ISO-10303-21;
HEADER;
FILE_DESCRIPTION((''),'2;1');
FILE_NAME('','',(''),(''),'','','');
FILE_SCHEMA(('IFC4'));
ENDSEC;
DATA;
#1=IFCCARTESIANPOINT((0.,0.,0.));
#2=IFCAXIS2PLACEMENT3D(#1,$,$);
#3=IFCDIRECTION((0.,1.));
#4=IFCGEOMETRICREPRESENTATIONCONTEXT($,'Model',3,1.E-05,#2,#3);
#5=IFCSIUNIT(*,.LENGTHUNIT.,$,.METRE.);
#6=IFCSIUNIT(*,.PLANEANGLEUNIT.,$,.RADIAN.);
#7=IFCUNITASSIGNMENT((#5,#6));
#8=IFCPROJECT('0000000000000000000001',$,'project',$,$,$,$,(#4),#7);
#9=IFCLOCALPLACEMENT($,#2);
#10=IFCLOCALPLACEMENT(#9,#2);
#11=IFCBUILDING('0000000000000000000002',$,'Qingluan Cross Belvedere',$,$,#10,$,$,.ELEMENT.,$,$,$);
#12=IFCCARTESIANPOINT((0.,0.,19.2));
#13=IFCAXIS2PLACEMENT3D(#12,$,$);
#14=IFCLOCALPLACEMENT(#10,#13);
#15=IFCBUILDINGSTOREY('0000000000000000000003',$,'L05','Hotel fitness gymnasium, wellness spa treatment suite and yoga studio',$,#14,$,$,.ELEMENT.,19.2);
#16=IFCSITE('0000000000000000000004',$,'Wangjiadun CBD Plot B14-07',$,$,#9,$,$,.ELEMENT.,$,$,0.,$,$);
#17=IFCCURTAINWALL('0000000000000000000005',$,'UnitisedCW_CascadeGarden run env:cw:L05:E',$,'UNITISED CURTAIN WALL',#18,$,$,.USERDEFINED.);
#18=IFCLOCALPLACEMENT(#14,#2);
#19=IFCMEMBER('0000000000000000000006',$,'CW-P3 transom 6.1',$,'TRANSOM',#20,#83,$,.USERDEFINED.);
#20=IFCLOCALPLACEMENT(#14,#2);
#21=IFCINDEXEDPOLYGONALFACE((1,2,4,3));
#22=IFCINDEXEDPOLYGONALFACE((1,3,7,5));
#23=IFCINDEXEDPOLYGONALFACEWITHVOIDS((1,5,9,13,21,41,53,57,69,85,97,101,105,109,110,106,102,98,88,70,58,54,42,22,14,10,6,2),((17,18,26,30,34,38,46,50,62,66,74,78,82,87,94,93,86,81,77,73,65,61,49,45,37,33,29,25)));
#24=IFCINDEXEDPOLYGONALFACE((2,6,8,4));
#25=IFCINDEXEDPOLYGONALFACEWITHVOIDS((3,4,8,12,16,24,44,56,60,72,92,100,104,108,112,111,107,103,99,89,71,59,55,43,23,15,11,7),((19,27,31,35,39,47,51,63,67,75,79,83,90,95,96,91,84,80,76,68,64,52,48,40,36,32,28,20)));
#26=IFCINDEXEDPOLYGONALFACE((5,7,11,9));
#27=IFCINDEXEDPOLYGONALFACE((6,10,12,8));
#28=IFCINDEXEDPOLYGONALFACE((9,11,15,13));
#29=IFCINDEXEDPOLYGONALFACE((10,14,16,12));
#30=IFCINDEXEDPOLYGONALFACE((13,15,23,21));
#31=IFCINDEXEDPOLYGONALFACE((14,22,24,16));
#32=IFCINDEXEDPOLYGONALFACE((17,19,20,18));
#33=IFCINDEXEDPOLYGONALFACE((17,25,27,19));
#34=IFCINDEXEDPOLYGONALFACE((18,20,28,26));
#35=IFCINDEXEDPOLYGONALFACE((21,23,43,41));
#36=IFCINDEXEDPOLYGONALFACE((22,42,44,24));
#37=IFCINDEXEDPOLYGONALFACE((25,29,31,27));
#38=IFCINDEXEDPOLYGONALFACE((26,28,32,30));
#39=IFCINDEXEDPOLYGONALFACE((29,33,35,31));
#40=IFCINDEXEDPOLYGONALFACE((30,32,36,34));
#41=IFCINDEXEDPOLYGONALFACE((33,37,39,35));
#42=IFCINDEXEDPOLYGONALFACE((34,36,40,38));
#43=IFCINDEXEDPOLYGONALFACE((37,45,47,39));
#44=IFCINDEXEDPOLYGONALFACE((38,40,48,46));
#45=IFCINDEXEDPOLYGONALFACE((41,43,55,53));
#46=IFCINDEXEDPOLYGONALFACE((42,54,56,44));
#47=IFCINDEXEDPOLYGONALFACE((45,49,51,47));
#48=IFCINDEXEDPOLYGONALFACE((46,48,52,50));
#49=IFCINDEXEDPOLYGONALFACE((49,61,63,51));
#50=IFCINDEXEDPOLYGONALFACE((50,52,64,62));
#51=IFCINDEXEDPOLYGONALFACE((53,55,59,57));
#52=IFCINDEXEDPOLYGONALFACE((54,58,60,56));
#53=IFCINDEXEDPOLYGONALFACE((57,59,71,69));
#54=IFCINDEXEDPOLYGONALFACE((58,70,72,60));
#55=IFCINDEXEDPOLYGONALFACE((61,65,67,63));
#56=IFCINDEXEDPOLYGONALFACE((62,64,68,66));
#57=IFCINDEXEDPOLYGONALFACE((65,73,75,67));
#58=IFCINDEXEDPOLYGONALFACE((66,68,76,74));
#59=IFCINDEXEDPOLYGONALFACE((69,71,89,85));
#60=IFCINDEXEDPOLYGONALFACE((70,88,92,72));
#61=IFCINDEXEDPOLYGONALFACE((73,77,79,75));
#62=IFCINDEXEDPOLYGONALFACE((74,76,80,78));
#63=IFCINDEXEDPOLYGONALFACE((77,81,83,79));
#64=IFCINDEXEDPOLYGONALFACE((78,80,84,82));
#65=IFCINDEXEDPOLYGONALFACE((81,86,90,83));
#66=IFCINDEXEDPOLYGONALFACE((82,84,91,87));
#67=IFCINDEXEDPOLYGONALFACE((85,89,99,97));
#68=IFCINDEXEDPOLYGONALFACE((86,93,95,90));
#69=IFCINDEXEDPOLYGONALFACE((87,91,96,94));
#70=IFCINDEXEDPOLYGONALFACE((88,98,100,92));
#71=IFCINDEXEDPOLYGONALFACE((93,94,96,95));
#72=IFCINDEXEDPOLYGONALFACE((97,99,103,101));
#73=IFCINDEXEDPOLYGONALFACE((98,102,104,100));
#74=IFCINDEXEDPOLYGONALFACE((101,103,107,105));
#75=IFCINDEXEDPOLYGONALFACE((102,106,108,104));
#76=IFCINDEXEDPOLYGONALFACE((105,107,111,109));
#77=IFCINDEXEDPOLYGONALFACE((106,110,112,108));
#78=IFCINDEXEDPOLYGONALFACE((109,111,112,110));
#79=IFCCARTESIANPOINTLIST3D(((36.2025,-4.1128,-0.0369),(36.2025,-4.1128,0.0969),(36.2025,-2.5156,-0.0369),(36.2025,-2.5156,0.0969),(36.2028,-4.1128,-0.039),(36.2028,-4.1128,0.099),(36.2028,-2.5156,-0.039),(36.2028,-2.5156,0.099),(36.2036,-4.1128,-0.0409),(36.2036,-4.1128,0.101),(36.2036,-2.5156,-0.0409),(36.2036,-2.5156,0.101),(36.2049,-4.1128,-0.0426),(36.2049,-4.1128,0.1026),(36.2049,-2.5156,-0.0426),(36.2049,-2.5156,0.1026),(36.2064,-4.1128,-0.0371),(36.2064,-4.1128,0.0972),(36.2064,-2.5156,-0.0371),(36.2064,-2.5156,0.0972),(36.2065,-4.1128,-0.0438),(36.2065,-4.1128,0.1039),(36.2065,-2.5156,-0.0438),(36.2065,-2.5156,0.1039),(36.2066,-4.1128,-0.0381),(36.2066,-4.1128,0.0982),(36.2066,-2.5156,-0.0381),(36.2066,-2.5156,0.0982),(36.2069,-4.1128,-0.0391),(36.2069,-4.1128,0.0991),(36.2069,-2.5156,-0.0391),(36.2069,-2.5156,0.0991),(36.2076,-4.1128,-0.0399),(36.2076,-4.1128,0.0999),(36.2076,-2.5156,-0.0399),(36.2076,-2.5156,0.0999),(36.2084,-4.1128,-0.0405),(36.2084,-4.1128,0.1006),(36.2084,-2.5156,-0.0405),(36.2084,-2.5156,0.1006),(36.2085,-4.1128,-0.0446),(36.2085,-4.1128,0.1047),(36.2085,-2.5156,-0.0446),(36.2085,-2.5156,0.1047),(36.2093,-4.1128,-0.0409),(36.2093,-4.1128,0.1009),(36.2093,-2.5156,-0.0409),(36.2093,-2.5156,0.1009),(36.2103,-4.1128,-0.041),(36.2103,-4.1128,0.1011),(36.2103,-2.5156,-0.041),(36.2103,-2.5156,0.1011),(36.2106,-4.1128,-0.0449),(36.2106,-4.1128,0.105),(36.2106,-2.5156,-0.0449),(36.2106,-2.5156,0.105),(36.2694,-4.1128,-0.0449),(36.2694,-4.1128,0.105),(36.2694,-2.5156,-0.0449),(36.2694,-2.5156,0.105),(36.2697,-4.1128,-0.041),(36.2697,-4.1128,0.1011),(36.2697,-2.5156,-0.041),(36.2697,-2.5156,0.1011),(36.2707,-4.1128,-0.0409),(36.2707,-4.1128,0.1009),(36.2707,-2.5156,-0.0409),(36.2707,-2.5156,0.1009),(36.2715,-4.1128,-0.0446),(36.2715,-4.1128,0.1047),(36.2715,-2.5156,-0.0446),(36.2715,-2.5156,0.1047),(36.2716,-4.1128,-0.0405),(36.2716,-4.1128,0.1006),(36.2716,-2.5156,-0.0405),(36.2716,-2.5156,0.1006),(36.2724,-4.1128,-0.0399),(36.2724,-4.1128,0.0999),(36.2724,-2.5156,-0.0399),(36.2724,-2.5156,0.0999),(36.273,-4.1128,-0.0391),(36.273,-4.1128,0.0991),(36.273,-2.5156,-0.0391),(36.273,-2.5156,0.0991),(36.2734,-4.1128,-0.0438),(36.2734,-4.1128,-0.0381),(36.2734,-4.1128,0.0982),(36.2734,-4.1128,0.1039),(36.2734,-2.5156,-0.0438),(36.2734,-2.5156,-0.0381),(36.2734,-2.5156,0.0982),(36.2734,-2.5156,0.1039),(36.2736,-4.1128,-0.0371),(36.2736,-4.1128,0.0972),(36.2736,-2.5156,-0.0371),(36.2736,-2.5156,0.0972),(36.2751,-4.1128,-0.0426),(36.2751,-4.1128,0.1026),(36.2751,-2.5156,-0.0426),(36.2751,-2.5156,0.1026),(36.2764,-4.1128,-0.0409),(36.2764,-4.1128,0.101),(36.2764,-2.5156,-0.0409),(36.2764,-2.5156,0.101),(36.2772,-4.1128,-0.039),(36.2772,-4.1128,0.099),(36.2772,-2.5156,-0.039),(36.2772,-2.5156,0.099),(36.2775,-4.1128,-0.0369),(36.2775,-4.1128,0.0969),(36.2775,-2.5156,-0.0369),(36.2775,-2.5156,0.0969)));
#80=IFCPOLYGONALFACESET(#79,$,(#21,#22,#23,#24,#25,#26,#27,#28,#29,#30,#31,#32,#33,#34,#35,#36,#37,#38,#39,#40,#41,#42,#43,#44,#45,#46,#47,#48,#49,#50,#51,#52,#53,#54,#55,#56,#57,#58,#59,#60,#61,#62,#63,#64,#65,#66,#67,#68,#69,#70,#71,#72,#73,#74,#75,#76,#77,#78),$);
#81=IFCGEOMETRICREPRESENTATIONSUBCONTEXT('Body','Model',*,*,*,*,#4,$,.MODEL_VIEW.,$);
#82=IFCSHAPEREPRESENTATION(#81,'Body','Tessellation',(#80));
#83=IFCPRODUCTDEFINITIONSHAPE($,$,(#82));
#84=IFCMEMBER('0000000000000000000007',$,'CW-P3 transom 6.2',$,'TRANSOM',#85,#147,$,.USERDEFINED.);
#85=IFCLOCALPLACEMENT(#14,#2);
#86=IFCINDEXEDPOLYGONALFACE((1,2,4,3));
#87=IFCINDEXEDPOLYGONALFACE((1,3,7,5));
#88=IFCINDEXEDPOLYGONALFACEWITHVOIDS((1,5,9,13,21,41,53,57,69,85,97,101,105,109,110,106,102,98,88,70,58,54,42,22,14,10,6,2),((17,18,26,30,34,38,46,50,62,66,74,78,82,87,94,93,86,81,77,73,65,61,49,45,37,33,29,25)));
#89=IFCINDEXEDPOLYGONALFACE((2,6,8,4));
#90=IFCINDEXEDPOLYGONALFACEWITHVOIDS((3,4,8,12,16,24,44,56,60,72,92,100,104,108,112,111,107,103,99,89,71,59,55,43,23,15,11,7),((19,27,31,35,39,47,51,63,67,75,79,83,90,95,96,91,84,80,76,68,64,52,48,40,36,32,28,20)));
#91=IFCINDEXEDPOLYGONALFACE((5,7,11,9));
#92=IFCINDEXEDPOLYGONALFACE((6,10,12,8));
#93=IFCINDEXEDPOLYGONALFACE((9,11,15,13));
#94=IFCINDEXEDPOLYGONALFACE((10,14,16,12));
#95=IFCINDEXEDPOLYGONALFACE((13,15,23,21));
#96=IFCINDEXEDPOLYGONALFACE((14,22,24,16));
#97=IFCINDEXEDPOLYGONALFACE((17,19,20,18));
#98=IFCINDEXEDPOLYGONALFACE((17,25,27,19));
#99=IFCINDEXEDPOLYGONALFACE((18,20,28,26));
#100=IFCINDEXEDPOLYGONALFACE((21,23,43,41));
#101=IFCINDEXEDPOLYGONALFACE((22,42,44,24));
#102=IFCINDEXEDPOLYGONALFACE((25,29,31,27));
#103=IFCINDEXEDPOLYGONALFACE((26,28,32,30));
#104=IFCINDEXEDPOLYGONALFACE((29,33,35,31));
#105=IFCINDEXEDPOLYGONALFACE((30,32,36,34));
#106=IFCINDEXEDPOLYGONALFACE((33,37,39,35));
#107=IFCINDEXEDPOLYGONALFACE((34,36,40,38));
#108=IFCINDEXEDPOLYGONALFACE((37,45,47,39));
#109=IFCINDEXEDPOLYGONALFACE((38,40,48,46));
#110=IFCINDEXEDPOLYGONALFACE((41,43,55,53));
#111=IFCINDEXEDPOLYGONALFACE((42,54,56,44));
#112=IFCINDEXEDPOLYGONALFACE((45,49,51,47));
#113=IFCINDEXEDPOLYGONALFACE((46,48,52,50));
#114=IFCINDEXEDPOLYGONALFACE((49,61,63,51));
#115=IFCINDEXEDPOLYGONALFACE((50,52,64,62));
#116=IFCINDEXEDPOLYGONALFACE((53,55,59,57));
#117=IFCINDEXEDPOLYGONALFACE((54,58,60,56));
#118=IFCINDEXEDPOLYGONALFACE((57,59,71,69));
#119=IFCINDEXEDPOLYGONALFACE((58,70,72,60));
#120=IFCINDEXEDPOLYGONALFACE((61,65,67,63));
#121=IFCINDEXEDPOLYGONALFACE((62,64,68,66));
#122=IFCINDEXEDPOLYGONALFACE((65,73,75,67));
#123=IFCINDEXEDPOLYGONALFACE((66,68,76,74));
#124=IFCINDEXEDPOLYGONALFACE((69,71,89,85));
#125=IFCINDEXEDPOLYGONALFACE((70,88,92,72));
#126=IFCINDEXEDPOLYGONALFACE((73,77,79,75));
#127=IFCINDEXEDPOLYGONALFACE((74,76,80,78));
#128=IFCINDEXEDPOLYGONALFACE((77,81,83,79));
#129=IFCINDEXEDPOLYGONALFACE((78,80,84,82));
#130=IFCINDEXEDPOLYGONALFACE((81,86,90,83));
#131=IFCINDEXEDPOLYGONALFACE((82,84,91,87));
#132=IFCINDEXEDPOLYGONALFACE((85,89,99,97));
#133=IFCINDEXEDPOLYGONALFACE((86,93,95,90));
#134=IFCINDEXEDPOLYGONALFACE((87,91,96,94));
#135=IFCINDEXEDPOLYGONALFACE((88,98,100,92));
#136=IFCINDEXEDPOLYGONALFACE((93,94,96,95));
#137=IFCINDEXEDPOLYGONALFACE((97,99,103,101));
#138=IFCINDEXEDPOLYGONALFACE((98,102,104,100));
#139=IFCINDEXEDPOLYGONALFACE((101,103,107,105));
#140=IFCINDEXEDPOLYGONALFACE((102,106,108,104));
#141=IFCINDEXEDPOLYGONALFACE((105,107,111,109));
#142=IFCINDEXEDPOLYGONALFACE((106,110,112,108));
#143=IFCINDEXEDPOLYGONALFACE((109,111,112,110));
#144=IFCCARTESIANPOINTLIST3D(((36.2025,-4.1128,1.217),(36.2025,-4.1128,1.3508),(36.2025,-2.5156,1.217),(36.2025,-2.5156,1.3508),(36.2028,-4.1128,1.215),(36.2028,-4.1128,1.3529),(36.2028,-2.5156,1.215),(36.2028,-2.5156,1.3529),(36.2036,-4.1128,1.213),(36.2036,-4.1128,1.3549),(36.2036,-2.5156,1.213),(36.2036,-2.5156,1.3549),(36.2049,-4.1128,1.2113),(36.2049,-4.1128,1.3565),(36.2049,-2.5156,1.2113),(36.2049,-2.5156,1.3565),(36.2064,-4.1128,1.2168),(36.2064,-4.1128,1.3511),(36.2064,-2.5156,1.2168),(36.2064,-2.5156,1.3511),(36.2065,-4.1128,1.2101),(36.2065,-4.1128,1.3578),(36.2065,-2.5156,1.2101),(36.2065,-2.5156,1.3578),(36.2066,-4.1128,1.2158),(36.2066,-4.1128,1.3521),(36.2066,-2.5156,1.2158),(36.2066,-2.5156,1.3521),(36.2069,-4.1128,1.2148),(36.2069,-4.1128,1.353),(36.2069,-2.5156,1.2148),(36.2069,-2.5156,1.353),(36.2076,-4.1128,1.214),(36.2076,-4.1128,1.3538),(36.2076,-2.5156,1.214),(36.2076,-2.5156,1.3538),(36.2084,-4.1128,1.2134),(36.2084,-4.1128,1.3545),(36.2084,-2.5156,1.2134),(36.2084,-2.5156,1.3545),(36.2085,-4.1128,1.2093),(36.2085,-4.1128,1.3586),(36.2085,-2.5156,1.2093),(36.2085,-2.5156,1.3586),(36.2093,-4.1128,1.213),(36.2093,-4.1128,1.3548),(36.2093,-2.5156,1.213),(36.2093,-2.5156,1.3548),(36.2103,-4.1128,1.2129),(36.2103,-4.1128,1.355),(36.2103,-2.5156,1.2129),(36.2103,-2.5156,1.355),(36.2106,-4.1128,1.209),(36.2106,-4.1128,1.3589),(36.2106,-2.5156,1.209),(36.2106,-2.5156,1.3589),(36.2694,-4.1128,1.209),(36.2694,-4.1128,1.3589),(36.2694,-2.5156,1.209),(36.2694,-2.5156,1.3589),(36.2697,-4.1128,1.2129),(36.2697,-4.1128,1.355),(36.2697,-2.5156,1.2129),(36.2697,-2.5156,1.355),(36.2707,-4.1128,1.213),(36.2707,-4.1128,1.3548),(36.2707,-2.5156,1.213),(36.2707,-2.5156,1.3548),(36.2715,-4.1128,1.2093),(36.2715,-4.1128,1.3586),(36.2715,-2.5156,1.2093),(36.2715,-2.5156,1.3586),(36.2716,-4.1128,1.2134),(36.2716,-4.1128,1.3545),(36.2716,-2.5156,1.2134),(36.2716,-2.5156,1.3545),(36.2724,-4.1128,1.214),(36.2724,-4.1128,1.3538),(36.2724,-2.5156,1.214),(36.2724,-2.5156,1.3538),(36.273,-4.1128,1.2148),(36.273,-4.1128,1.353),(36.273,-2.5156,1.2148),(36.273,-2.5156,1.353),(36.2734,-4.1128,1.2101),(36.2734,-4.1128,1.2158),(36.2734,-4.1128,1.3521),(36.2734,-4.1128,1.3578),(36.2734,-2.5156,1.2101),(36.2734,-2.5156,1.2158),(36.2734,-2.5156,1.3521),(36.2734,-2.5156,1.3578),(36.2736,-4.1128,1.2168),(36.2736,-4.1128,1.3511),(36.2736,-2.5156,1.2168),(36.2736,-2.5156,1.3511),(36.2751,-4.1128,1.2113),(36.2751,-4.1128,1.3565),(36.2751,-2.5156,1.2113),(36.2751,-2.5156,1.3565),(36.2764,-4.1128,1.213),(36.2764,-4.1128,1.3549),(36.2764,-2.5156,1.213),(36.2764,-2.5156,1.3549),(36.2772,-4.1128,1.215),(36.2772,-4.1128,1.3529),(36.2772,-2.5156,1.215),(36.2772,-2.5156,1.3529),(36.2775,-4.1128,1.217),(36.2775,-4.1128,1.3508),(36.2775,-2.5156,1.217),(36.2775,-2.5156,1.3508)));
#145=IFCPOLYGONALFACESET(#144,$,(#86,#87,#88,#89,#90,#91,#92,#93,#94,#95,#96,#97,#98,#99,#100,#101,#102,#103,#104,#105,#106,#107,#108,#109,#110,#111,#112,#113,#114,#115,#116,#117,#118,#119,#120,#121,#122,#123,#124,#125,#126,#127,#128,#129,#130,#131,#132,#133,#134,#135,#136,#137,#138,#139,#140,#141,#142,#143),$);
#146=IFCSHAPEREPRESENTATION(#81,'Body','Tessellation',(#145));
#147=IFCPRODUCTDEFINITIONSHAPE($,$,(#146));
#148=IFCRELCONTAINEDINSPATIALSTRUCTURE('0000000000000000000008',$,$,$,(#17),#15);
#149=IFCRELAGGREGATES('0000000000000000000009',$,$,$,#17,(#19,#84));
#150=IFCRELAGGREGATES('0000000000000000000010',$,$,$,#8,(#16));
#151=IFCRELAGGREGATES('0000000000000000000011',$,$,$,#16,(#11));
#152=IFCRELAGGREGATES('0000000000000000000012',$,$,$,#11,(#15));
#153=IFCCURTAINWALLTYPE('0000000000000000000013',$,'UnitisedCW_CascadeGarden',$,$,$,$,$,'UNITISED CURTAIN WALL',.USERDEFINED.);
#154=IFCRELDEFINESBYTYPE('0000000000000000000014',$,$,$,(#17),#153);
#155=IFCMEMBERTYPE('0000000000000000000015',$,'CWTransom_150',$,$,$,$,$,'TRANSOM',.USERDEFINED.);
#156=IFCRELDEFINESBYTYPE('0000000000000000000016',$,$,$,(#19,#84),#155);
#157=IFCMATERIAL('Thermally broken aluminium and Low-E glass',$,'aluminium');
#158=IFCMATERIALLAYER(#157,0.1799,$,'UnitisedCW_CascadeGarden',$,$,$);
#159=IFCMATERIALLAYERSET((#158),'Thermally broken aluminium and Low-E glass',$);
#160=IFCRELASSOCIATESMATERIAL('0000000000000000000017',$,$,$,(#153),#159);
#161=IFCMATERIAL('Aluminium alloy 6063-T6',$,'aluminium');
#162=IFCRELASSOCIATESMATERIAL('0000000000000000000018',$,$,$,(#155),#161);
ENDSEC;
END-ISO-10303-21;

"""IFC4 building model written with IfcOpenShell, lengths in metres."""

from ifc_helpers import new_model, si_unit, direction, frame, origin, origin_2d, place, context, subcontext, project, spatial, hollow_rectangle, extrude, material, layer, layer_set, material_profile, profile_set, type_object, element, aggregate, save


model = new_model("IFC4")

# Units and contexts
model_context = context("Model", 3, precision=1e-05, world=origin(), true_north=direction((0.0, 1.0)))
body_context = subcontext(model_context, "Body", "Model", "MODEL_VIEW")
ifc_project = project(units=[si_unit("LENGTHUNIT", "METRE"), si_unit("PLANEANGLEUNIT", "RADIAN")], contexts=[model_context])

# Site, building, storey
site_placement = place(None, origin())
site = spatial("IfcSite", under=ifc_project, at=site_placement, Name="Wangjiadun CBD Plot B14-07", CompositionType="ELEMENT", RefElevation=0.0)
building_placement = place(site_placement, origin())
building = spatial("IfcBuilding", under=site, at=building_placement, Name="Qingluan Cross Belvedere", CompositionType="ELEMENT")
storey_placement = place(building_placement, frame((0.0, 0.0, 19.2)))
storey = spatial("IfcBuildingStorey", under=building, at=storey_placement, Name="L05", Description="Hotel fitness gymnasium, wellness spa treatment suite and yoga studio", CompositionType="ELEMENT", Elevation=19.2)

# Curtain wall, members
ifc_material_1 = material(Name="Thermally broken aluminium and Low-E glass", Category="aluminium")
ifc_layer_1 = layer(ifc_material_1, 0.1799, Name="UnitisedCW_CascadeGarden")
ifc_layer_set_1 = layer_set([ifc_layer_1], Name="Thermally broken aluminium and Low-E glass")
curtain_wall_type = type_object("IfcCurtainWallType", Name="UnitisedCW_CascadeGarden", ElementType="UNITISED CURTAIN WALL", PredefinedType="USERDEFINED", material=ifc_layer_set_1)
curtain_wall_placement = place(storey_placement, origin())
curtain_wall = element("IfcCurtainWall", 1, at=curtain_wall_placement, inside=storey, type_object=curtain_wall_type, Name="UnitisedCW_CascadeGarden run env:cw:L05:E", ObjectType="UNITISED CURTAIN WALL", PredefinedType="USERDEFINED")
ifc_material_2 = material(Name="Aluminium alloy 6063-T6", Category="aluminium")
ifc_material_profile_1 = material_profile(ifc_material_2, hollow_rectangle(XDim=0.075, YDim=0.1499, WallThickness=0.0039, InnerFilletRadius=0.0039, OuterFilletRadius=0.0081, at=origin_2d()), Name="CWT150x75x4")
ifc_profile_set_1 = profile_set([ifc_material_profile_1], Name="Aluminium alloy 6063-T6")
member_type_1 = type_object("IfcMemberType", Name="CWTransom_150", ElementType="TRANSOM", PredefinedType="USERDEFINED", material=ifc_profile_set_1)
member_1_placement = place(storey_placement, frame((36.24, -2.5156, 0.03), z_axis=(0.0, -1.0, 0.0), x_axis=(1.0, 0.0, 0.0)))
member_1 = element("IfcMember", 2, at=member_1_placement, type_object=member_type_1, Name="CW-P3 transom 6.1", ObjectType="TRANSOM", PredefinedType="USERDEFINED", context=body_context, shape_type="SweptSolid", body=[
    extrude(hollow_rectangle(XDim=0.075, YDim=0.1499, WallThickness=0.0039, InnerFilletRadius=0.0039, OuterFilletRadius=0.0081, at=origin_2d()), origin(), (0.0, 0.0, 1.0), 1.5972),
])
member_2_placement = place(storey_placement, frame((36.24, -2.5156, 1.2839), z_axis=(0.0, -1.0, 0.0), x_axis=(1.0, 0.0, 0.0)))
member_2 = element("IfcMember", 3, at=member_2_placement, type_object=member_type_1, Name="CW-P3 transom 6.2", ObjectType="TRANSOM", PredefinedType="USERDEFINED", context=body_context, shape_type="SweptSolid", body=[
    extrude(hollow_rectangle(XDim=0.075, YDim=0.1499, WallThickness=0.0039, InnerFilletRadius=0.0039, OuterFilletRadius=0.0081, at=origin_2d()), origin(), (0.0, 0.0, 1.0), 1.5972),
])

aggregate(curtain_wall, [member_1, member_2])

save(model, "model.ifc")
